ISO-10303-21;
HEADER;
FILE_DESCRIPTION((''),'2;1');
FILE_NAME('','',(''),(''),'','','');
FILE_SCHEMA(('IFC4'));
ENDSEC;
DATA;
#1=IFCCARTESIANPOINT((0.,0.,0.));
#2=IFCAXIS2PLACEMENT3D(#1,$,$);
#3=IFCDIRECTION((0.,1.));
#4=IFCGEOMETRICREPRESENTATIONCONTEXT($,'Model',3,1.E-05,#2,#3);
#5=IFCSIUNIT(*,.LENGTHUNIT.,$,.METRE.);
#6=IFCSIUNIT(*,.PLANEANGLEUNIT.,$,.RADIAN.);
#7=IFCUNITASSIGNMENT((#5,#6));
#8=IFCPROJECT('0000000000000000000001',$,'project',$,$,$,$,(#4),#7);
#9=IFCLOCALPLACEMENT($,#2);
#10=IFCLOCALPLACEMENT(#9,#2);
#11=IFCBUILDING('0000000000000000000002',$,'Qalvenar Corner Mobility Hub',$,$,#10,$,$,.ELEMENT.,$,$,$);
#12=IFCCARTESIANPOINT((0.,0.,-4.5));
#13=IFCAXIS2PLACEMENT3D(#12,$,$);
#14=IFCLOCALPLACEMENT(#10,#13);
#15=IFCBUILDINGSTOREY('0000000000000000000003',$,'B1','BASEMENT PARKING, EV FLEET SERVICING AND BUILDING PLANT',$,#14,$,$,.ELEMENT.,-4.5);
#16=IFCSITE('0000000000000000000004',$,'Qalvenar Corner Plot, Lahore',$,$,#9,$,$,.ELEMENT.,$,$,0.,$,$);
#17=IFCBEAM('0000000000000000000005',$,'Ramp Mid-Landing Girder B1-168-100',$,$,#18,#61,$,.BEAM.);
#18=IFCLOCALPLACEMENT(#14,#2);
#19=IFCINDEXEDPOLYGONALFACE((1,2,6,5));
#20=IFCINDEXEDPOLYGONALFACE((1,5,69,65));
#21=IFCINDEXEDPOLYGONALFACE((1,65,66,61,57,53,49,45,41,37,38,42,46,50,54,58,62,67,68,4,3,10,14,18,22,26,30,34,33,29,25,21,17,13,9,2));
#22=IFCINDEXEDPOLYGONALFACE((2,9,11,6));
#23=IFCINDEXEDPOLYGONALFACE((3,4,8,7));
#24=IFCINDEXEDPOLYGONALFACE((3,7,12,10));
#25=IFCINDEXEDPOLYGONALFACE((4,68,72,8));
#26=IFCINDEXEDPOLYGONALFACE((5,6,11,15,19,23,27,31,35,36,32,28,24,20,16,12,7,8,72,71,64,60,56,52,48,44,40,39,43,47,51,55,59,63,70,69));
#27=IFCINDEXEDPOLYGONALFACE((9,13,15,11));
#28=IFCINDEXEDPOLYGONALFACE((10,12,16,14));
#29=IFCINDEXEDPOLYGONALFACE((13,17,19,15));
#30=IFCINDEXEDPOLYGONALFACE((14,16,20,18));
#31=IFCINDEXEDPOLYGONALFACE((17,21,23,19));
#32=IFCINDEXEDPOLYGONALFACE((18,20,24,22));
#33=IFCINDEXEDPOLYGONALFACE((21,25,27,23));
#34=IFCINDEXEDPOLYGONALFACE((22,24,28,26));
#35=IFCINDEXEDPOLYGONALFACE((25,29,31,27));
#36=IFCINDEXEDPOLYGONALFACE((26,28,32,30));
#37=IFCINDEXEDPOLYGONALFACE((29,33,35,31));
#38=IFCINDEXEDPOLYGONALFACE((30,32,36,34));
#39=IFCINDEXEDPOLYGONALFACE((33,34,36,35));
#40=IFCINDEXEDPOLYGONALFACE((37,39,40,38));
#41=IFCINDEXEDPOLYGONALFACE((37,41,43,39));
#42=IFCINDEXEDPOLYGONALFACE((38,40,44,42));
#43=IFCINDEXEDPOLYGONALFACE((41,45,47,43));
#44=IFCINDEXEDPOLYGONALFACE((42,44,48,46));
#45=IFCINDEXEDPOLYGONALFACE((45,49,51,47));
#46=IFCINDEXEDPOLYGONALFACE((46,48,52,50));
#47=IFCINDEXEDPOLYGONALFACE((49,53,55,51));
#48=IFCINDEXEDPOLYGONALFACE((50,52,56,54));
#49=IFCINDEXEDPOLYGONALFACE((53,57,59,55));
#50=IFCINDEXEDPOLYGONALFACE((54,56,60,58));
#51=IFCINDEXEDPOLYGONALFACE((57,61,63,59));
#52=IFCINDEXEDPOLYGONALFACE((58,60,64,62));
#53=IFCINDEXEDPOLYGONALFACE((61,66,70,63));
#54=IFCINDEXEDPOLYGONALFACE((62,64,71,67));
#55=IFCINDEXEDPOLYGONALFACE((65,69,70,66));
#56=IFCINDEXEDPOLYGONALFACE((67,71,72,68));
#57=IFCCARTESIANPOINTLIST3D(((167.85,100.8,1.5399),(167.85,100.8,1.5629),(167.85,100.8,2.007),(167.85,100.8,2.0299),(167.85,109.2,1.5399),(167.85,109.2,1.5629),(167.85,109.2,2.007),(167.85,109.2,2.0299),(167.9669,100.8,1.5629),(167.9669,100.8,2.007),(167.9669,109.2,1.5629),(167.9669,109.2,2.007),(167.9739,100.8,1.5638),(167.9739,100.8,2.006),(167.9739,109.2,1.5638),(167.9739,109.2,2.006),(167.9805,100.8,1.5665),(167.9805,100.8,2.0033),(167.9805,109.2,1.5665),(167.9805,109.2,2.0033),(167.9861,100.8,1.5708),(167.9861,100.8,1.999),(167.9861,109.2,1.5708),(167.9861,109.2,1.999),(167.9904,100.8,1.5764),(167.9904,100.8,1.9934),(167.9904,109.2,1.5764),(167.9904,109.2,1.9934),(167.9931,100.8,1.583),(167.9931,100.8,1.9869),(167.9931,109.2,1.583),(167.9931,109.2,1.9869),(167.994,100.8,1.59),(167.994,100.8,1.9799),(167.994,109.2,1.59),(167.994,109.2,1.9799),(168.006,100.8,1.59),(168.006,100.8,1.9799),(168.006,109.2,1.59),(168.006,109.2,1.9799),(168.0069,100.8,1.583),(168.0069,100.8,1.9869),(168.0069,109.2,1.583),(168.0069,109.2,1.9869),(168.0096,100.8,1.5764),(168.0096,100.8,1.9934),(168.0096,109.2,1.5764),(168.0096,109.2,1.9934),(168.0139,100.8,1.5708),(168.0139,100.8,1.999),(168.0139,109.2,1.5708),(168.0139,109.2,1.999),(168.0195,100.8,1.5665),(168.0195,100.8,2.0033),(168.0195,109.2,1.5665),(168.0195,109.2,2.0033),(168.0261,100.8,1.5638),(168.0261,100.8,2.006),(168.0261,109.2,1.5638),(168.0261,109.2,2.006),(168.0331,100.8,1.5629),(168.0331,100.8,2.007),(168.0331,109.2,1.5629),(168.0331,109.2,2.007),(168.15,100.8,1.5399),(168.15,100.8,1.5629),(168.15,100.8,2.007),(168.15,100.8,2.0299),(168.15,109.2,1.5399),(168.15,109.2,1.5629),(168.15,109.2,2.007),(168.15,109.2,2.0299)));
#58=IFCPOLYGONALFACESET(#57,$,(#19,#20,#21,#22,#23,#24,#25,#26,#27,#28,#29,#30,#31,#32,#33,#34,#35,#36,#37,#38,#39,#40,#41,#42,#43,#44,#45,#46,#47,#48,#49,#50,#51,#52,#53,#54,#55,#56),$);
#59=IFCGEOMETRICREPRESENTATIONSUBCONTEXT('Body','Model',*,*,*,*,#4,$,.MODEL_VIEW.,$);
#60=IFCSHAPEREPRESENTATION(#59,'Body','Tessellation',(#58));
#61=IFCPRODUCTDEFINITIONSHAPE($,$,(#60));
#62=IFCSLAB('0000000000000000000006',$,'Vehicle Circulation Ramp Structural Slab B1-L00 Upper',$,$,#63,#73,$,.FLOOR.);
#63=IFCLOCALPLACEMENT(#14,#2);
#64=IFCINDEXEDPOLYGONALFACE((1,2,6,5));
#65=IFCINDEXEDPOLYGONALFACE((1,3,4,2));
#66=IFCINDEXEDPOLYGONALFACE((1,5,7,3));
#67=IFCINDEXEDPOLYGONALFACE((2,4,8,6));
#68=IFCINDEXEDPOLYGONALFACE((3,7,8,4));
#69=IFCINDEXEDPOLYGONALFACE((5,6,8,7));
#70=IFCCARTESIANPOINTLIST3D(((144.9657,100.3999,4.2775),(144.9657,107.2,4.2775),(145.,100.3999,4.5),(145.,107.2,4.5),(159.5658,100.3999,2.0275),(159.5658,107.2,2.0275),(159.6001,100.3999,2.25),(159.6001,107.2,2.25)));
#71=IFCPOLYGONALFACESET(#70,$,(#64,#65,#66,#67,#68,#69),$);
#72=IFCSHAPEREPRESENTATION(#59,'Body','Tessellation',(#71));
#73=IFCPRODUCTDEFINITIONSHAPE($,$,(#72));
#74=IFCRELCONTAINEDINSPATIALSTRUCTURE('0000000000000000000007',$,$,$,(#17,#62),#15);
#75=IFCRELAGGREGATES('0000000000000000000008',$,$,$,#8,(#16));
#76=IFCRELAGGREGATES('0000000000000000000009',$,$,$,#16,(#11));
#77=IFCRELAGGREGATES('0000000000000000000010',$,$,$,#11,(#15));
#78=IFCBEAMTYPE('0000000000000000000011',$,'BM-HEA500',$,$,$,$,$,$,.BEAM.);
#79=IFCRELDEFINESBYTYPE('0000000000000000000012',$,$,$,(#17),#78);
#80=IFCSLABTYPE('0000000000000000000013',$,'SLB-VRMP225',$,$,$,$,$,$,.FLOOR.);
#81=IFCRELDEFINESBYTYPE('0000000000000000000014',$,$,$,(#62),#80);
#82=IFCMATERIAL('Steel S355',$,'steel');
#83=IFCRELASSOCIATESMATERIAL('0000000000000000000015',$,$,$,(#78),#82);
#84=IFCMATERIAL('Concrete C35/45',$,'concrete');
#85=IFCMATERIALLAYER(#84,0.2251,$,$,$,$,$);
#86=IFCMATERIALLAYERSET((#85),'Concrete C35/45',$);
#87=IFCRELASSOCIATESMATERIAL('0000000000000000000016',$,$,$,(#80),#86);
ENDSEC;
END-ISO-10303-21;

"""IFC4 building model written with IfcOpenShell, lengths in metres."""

from ifc_helpers import new_model, si_unit, direction, frame, origin, origin_2d, place, context, subcontext, project, spatial, polyline, i_section, outline, extrude, material, layer, layer_set, material_profile, profile_set, type_object, element, save


model = new_model("IFC4")

# Units and contexts
model_context = context("Model", 3, precision=1e-05, world=origin(), true_north=direction((0.0, 1.0)))
body_context = subcontext(model_context, "Body", "Model", "MODEL_VIEW")
ifc_project = project(units=[si_unit("LENGTHUNIT", "METRE"), si_unit("PLANEANGLEUNIT", "RADIAN")], contexts=[model_context])

# Site, building, storey
site_placement = place(None, origin())
site = spatial("IfcSite", under=ifc_project, at=site_placement, Name="Qalvenar Corner Plot, Lahore", CompositionType="ELEMENT", RefElevation=0.0)
building_placement = place(site_placement, origin())
building = spatial("IfcBuilding", under=site, at=building_placement, Name="Qalvenar Corner Mobility Hub", CompositionType="ELEMENT")
storey_placement = place(building_placement, frame((0.0, 0.0, -4.5)))
storey = spatial("IfcBuildingStorey", under=building, at=storey_placement, Name="B1", Description="BASEMENT PARKING, EV FLEET SERVICING AND BUILDING PLANT", CompositionType="ELEMENT", Elevation=-4.5)

# Shared definitions
ifc_material_1 = material(Name="Steel S355", Category="steel")

# Beam
ifc_material_profile_1 = material_profile(ifc_material_1, i_section(OverallWidth=0.3, OverallDepth=0.49, WebThickness=0.012, FlangeThickness=0.0229, FilletRadius=0.0271, at=origin_2d()), Name="HEA500")
ifc_profile_set_1 = profile_set([ifc_material_profile_1], Name="Steel S355")
beam_type = type_object("IfcBeamType", Name="BM-HEA500", PredefinedType="BEAM", material=ifc_profile_set_1)
beam_1_placement = place(storey_placement, frame((168.0, 100.8, 1.7849), z_axis=(0.0, 1.0, 0.0), x_axis=(-1.0, 0.0, 0.0)))
element("IfcBeam", 1, at=beam_1_placement, inside=storey, type_object=beam_type, Name="Ramp Mid-Landing Girder B1-168-100", PredefinedType="BEAM", context=body_context, shape_type="SweptSolid", body=[
    extrude(i_section(OverallWidth=0.3, OverallDepth=0.49, WebThickness=0.012, FlangeThickness=0.0229, FilletRadius=0.0271, at=origin_2d()), origin(), (0.0, 0.0, 1.0), 8.3999),
])

# Slab
ifc_material_2 = material(Name="Concrete C35/45", Category="concrete")
ifc_layer = layer(ifc_material_2, 0.2251)
ifc_layer_set = layer_set([ifc_layer], Name="Concrete C35/45")
slab_type = type_object("IfcSlabType", Name="SLB-VRMP225", PredefinedType="FLOOR", material=ifc_layer_set)
slab_placement = place(storey_placement, frame((159.6001, 100.3999, 2.25), z_axis=(0.152311, 0.0, 0.988333), x_axis=(-0.988333, 0.0, 0.152311)))
element("IfcSlab", 2, at=slab_placement, inside=storey, type_object=slab_type, Name="Vehicle Circulation Ramp Structural Slab B1-L00 Upper", PredefinedType="FLOOR", context=body_context, shape_type="SweptSolid", body=[
    extrude(outline(polyline([(0.0, 0.0), (14.7725, 0.0), (14.7725, -6.8), (0.0, -6.8), (0.0, 0.0)])), origin(), (0.0, 0.0, -1.0), 0.2251),
])

save(model, "model.ifc")
